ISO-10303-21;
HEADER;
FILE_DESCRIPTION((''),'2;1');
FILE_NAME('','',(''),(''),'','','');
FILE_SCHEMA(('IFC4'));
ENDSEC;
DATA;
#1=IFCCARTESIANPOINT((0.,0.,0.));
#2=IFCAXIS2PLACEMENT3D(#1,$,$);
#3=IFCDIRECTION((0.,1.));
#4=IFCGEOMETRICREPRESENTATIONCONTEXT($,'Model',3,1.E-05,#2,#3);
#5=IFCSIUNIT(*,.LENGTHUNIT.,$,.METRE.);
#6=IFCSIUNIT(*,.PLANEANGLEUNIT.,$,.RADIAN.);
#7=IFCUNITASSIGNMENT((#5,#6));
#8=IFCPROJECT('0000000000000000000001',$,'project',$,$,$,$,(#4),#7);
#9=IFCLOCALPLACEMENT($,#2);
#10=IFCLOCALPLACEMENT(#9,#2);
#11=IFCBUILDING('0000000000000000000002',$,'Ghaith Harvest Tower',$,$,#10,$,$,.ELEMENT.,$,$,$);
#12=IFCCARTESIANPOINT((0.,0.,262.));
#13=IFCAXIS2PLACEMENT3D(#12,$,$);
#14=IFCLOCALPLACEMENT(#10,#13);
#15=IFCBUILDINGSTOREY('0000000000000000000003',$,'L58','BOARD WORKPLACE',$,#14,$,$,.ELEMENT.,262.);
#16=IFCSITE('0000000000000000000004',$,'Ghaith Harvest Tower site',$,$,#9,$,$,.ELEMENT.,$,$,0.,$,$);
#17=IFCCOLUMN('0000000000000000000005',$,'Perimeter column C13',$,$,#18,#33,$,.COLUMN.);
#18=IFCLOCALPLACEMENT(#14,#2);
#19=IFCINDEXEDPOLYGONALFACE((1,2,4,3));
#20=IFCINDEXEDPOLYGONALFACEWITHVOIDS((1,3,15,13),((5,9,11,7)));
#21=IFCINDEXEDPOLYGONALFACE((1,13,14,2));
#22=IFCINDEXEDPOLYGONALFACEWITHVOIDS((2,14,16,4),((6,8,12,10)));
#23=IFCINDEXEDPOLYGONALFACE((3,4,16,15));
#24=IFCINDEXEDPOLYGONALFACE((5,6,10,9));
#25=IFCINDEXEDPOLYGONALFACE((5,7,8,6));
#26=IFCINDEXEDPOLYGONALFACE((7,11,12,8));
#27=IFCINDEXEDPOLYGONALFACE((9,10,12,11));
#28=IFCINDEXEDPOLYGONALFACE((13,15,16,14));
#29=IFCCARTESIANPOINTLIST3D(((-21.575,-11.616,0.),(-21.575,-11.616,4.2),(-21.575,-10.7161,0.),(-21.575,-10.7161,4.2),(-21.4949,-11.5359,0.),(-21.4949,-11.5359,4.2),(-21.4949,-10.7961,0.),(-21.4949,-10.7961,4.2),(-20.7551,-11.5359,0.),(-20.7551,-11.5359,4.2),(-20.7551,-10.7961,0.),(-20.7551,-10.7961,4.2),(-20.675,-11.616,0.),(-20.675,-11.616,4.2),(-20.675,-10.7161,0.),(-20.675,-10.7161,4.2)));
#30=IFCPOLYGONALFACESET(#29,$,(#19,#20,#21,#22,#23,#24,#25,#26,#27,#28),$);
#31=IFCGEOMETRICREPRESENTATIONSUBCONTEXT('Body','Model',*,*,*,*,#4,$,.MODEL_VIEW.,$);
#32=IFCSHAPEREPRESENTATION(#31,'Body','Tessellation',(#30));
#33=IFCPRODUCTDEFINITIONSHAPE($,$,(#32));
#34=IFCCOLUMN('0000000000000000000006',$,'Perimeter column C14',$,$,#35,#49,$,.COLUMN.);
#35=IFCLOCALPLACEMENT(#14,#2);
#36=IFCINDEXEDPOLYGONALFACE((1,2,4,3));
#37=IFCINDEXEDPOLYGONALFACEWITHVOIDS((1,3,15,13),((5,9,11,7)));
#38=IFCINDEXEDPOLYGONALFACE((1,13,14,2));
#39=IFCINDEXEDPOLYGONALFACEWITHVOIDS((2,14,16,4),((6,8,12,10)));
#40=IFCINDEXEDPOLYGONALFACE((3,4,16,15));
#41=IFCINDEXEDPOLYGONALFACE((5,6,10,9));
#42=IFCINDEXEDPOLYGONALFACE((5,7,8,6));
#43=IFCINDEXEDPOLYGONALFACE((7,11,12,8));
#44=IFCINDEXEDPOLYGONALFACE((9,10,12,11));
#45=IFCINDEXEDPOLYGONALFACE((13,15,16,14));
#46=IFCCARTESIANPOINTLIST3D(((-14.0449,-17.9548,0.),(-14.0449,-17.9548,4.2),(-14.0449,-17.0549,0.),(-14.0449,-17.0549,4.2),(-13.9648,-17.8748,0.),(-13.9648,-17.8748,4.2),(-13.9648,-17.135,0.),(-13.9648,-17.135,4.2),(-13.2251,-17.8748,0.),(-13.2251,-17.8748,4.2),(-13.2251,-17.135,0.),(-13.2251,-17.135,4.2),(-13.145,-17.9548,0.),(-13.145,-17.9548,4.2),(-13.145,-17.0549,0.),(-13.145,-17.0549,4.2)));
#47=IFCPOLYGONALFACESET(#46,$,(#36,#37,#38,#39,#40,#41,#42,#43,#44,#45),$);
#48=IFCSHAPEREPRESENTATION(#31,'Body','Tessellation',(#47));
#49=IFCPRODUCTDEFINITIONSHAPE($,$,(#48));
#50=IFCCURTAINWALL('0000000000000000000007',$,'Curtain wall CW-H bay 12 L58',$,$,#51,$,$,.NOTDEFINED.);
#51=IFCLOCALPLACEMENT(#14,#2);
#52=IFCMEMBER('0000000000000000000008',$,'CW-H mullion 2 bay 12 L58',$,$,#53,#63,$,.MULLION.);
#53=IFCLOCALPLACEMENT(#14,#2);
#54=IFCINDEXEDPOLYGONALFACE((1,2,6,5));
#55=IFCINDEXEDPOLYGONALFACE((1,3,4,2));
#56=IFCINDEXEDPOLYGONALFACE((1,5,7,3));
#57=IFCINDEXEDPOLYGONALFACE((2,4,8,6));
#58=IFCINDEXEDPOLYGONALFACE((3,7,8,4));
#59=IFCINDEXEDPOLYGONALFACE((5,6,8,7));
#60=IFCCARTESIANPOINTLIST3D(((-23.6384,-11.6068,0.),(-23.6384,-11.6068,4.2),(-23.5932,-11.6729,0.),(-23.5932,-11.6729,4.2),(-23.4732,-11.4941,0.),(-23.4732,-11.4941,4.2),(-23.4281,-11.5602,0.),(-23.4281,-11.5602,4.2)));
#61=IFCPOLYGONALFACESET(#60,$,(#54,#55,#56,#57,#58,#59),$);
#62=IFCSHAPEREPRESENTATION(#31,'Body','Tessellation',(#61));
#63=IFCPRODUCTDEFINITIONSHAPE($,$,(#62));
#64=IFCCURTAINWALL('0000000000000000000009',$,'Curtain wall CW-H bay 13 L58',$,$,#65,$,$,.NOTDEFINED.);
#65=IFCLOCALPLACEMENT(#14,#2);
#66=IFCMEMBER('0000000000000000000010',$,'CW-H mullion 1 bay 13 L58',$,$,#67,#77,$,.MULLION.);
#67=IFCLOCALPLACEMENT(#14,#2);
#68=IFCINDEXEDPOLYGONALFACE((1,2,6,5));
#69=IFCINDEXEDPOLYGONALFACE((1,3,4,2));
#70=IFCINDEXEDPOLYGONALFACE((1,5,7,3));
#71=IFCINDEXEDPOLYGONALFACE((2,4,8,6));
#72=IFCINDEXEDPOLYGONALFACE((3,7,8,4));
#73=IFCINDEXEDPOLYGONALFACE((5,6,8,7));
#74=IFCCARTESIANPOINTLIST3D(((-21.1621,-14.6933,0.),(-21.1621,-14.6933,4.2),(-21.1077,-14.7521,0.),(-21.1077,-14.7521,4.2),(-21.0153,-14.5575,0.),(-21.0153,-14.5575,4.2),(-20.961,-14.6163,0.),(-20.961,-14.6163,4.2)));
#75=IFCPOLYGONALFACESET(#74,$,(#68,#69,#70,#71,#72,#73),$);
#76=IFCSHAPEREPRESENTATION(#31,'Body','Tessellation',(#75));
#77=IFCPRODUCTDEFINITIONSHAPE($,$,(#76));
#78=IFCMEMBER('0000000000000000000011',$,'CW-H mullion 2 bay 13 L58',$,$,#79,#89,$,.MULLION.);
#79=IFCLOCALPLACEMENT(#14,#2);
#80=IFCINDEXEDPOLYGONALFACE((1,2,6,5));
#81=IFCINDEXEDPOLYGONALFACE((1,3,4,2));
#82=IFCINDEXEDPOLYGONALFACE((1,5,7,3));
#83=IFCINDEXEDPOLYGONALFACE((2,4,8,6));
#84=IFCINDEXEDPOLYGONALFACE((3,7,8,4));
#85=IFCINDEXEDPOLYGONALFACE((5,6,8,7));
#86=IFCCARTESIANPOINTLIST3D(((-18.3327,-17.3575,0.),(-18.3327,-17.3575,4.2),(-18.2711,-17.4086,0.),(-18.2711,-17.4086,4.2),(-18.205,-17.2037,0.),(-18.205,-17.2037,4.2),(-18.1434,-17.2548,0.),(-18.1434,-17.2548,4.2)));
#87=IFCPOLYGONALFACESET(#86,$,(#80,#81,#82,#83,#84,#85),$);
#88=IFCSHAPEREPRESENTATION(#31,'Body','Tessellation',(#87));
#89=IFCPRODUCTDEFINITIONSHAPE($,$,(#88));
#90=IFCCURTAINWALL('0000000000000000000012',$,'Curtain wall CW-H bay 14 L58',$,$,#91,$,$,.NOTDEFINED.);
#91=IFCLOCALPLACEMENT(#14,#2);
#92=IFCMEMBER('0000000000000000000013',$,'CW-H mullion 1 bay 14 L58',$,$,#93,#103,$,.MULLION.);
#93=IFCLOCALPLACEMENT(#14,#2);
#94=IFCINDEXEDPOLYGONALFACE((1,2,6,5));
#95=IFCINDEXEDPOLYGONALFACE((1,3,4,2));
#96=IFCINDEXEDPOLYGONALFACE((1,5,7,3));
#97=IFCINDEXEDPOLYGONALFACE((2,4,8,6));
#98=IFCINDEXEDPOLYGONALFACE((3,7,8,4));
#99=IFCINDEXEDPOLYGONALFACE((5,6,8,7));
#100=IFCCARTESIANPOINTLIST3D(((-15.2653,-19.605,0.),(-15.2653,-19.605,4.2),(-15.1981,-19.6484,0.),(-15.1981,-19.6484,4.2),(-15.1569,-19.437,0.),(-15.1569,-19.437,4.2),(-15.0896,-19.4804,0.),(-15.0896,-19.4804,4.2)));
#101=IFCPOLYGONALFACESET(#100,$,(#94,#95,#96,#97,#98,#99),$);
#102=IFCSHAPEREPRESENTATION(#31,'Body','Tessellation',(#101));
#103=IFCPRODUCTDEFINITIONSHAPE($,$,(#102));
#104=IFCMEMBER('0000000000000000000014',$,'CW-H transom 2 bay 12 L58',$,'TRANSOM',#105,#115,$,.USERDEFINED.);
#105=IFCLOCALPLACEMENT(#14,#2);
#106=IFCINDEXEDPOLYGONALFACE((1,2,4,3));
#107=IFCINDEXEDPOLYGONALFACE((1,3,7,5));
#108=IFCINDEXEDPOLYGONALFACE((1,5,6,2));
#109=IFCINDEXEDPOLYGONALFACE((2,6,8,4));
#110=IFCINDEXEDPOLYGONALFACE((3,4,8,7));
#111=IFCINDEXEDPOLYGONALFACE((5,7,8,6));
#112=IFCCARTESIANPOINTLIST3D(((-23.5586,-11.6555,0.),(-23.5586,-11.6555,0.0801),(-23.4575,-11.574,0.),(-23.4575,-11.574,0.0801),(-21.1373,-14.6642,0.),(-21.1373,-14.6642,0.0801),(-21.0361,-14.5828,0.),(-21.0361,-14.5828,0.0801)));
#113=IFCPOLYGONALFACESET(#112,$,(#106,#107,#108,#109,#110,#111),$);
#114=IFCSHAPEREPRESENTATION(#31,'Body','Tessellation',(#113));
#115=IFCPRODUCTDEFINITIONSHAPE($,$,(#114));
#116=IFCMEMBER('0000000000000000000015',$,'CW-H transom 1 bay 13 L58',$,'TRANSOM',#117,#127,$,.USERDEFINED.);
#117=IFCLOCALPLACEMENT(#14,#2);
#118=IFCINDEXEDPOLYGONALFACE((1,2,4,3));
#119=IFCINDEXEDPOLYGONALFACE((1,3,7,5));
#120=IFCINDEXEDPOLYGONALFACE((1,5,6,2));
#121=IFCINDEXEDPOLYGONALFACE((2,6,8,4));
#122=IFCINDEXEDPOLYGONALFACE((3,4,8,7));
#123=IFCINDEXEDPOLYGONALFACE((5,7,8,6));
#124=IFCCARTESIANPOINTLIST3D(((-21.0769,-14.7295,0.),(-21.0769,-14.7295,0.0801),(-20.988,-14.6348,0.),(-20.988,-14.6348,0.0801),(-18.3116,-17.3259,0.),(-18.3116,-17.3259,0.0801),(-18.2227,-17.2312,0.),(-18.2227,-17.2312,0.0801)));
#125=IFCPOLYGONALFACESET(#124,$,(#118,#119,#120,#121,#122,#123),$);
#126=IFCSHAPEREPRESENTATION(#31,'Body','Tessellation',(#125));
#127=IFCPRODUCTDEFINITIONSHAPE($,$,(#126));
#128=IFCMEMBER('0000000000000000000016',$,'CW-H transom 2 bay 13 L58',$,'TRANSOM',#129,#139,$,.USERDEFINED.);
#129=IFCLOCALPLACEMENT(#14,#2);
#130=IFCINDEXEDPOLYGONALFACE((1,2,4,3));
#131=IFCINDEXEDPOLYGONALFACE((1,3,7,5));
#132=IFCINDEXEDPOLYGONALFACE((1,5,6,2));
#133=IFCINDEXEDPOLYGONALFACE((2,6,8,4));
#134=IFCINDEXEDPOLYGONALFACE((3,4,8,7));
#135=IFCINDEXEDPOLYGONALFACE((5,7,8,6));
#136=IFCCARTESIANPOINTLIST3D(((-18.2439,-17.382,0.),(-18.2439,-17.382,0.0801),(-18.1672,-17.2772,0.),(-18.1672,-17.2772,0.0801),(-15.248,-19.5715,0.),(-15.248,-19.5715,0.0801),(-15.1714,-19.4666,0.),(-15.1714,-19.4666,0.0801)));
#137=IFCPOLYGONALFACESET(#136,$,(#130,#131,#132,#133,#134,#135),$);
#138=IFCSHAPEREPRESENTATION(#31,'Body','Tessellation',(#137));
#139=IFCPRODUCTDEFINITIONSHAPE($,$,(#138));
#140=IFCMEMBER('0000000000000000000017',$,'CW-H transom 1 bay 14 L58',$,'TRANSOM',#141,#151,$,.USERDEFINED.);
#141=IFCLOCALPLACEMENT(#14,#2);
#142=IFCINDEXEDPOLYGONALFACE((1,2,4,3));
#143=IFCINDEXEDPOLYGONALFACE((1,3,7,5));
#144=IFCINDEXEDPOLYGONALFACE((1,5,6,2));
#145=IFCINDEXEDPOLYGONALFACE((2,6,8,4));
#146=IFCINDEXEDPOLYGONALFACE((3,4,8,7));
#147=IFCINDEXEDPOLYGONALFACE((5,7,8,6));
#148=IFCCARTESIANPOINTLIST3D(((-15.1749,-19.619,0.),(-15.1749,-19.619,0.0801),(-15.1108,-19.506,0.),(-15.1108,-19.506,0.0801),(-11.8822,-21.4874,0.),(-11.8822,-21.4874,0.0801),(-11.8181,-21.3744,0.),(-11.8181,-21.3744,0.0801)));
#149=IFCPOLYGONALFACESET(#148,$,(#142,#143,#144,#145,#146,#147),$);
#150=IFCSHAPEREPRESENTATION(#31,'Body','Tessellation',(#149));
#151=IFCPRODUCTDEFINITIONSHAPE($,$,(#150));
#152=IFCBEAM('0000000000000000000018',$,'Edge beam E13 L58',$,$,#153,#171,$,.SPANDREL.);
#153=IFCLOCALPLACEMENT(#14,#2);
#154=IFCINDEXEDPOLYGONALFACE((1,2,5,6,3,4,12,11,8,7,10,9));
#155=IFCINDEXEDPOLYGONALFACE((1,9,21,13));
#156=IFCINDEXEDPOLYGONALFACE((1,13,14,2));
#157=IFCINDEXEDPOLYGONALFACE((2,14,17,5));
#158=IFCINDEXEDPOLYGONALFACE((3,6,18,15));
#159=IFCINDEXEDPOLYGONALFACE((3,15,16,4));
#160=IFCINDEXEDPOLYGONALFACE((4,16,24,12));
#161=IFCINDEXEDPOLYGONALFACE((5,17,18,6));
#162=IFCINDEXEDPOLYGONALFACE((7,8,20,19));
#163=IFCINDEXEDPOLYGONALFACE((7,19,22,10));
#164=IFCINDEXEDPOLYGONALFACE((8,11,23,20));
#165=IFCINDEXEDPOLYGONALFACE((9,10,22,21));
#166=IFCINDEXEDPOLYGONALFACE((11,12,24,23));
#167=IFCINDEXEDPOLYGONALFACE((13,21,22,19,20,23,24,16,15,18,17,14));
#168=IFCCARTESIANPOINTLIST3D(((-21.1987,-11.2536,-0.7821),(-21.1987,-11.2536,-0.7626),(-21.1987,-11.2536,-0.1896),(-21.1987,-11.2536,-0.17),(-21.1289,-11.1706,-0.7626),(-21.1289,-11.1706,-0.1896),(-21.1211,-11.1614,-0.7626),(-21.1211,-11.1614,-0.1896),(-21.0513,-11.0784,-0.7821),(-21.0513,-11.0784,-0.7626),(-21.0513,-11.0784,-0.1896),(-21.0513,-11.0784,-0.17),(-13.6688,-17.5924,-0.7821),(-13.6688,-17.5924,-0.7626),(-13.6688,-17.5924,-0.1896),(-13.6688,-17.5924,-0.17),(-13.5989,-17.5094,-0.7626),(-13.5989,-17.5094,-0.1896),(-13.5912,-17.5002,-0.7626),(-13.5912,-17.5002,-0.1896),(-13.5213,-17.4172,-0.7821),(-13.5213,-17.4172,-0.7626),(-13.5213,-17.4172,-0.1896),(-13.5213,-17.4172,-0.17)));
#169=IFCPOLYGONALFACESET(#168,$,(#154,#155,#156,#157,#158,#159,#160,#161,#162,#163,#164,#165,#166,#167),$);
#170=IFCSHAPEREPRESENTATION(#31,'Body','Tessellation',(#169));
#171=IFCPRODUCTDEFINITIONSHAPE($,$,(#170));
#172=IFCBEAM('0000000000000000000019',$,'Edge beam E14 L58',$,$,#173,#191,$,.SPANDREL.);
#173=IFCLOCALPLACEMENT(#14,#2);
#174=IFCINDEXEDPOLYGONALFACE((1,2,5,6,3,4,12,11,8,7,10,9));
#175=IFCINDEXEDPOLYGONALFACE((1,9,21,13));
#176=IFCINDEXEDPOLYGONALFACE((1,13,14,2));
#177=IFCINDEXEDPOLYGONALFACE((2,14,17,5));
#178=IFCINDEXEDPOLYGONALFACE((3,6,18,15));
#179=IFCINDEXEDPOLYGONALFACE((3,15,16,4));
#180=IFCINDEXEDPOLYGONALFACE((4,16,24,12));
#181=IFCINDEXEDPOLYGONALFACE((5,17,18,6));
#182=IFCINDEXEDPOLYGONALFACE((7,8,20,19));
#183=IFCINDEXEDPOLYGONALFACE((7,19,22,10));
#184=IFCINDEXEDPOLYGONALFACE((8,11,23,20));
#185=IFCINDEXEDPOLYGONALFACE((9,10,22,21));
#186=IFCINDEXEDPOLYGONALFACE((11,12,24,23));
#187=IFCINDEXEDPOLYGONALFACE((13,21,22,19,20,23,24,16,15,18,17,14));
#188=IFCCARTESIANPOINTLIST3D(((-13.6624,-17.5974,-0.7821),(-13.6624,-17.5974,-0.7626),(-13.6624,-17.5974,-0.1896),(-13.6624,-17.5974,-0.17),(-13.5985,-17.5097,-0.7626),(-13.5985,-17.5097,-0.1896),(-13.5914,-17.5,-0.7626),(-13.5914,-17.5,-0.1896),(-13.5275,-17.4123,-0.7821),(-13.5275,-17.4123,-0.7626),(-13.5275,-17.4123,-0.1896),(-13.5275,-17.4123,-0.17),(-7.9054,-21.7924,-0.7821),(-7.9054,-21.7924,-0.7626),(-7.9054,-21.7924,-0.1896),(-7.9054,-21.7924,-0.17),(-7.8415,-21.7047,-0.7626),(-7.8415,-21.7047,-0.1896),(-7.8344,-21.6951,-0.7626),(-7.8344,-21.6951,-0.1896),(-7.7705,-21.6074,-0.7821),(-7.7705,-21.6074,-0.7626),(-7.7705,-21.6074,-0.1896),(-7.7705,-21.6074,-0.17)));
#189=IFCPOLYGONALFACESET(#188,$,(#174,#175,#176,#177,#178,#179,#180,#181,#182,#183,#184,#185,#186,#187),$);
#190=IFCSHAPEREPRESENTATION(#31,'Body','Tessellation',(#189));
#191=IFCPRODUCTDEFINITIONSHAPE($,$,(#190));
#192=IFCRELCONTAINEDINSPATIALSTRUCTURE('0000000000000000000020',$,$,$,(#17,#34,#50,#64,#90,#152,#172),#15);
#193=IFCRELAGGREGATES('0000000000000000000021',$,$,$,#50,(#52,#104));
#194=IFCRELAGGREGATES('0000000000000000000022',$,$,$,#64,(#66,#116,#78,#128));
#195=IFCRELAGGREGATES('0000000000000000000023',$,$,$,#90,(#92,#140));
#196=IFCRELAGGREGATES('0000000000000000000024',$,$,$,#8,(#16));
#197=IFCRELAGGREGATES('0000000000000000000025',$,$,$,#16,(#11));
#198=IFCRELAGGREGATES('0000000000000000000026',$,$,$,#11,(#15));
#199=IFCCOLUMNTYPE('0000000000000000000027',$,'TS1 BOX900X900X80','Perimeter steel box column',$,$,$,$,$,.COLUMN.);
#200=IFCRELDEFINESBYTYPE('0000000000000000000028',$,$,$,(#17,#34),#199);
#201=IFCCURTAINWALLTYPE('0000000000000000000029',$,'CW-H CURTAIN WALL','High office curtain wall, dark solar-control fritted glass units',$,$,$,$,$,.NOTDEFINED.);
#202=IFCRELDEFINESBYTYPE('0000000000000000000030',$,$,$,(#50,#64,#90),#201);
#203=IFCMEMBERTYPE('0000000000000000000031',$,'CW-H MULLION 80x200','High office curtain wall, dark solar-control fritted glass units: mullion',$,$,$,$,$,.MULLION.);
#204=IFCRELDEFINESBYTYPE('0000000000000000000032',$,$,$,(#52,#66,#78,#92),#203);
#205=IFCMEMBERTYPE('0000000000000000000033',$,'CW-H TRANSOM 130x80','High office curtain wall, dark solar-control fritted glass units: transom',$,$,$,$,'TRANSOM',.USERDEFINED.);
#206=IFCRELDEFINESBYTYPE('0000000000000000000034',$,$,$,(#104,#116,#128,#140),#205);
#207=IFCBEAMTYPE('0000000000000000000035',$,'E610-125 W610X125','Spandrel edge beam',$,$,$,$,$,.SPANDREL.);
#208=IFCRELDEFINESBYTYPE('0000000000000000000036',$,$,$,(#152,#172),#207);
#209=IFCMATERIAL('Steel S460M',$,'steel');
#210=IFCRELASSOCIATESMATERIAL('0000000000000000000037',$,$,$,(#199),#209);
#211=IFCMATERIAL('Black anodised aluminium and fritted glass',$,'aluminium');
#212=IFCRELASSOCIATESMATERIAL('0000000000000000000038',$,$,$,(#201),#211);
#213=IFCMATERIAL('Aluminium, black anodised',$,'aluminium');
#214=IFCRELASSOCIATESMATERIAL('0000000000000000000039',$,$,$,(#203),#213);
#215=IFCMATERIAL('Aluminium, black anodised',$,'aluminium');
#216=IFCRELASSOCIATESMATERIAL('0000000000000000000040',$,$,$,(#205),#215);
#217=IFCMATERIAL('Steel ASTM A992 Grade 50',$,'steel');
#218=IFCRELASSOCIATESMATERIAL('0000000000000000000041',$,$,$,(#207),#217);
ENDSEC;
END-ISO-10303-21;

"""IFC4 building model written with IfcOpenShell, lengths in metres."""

from ifc_helpers import new_model, si_unit, direction, frame, origin, origin_2d, place, context, subcontext, project, spatial, rectangle, hollow_rectangle, i_section, extrude, material, material_profile, profile_set, type_object, element, aggregate, save


model = new_model("IFC4")

# Units and contexts
model_context = context("Model", 3, precision=1e-05, world=origin(), true_north=direction((0.0, 1.0)))
body_context = subcontext(model_context, "Body", "Model", "MODEL_VIEW")
ifc_project = project(units=[si_unit("LENGTHUNIT", "METRE"), si_unit("PLANEANGLEUNIT", "RADIAN")], contexts=[model_context])

# Site, building, storey
site_placement = place(None, origin())
site = spatial("IfcSite", under=ifc_project, at=site_placement, Name="Ghaith Harvest Tower site", CompositionType="ELEMENT", RefElevation=0.0)
building_placement = place(site_placement, origin())
building = spatial("IfcBuilding", under=site, at=building_placement, Name="Ghaith Harvest Tower", CompositionType="ELEMENT")
storey_placement = place(building_placement, frame((0.0, 0.0, 262.0)))
storey = spatial("IfcBuildingStorey", under=building, at=storey_placement, Name="L58", Description="BOARD WORKPLACE", CompositionType="ELEMENT", Elevation=262.0)

# Columns
ifc_material_1 = material(Name="Steel S460M", Category="steel")
ifc_material_profile_1 = material_profile(ifc_material_1, hollow_rectangle(XDim=0.8999, YDim=0.8999, WallThickness=0.0801, at=origin_2d()), Name="BOX900X900X80")
ifc_profile_set_1 = profile_set([ifc_material_profile_1], Name="Steel S460M")
column_type = type_object("IfcColumnType", Name="TS1 BOX900X900X80", Description="Perimeter steel box column", PredefinedType="COLUMN", material=ifc_profile_set_1)
for number, where, z_axis, x_axis, name in (
    (1, (-21.125, -11.166, 0.0), (0.0, 0.0, 1.0), (1.0, 0.0, 0.0), "Perimeter column C13"),
    (2, (-13.595, -17.5049, 0.0), (0.0, 0.0, 1.0), (1.0, 0.0, 0.0), "Perimeter column C14"),
):
    element("IfcColumn", number, at=place(storey_placement, frame(where, z_axis=z_axis, x_axis=x_axis)), inside=storey, type_object=column_type, Name=name, PredefinedType="COLUMN", context=body_context, shape_type="SweptSolid", body=[
        extrude(hollow_rectangle(XDim=0.8999, YDim=0.8999, WallThickness=0.0801, at=origin_2d()), origin(), (0.0, 0.0, 1.0), 4.2),
    ])

# Curtain wall, member
ifc_material_2 = material(Name="Black anodised aluminium and fritted glass", Category="aluminium")
curtain_wall_type = type_object("IfcCurtainWallType", Name="CW-H CURTAIN WALL", Description="High office curtain wall, dark solar-control fritted glass units", PredefinedType="NOTDEFINED", material=ifc_material_2)
curtain_wall_1_placement = place(storey_placement, origin())
curtain_wall_1 = element("IfcCurtainWall", 3, at=curtain_wall_1_placement, inside=storey, type_object=curtain_wall_type, Name="Curtain wall CW-H bay 12 L58", PredefinedType="NOTDEFINED")
ifc_material_3 = material(Name="Aluminium, black anodised", Category="aluminium")
ifc_material_profile_2 = material_profile(ifc_material_3, rectangle(XDim=0.0801, YDim=0.2, at=origin_2d()), Name="CW-H MULLION 80x200")
ifc_profile_set_2 = profile_set([ifc_material_profile_2], Name="Aluminium, black anodised")
member_type_1 = type_object("IfcMemberType", Name="CW-H MULLION 80x200", Description="High office curtain wall, dark solar-control fritted glass units: mullion", PredefinedType="MULLION", material=ifc_profile_set_2)
member_1_placement = place(storey_placement, frame((-23.5332, -11.5835, 0.0), z_axis=(0.0, 0.0, 1.0), x_axis=(0.563617, -0.826037, 0.0)))
member_1 = element("IfcMember", 4, at=member_1_placement, type_object=member_type_1, Name="CW-H mullion 2 bay 12 L58", PredefinedType="MULLION", context=body_context, shape_type="SweptSolid", body=[
    extrude(rectangle(XDim=0.0801, YDim=0.2, at=origin_2d()), origin(), (0.0, 0.0, 1.0), 4.2),
])

# Curtain wall, members
curtain_wall_2_placement = place(storey_placement, origin())
curtain_wall_2 = element("IfcCurtainWall", 5, at=curtain_wall_2_placement, inside=storey, type_object=curtain_wall_type, Name="Curtain wall CW-H bay 13 L58", PredefinedType="NOTDEFINED")
member_2_placement = place(storey_placement, frame((-21.0615, -14.6548, 0.0), z_axis=(0.0, 0.0, 1.0), x_axis=(0.679182, -0.73397, 0.0)))
member_2 = element("IfcMember", 6, at=member_2_placement, type_object=member_type_1, Name="CW-H mullion 1 bay 13 L58", PredefinedType="MULLION", context=body_context, shape_type="SweptSolid", body=[
    extrude(rectangle(XDim=0.0801, YDim=0.2, at=origin_2d()), origin(), (0.0, 0.0, 1.0), 4.2),
])
member_3_placement = place(storey_placement, frame((-18.238, -17.3062, 0.0), z_axis=(0.0, 0.0, 1.0), x_axis=(0.769217, -0.638988, 0.0)))
member_3 = element("IfcMember", 7, at=member_3_placement, type_object=member_type_1, Name="CW-H mullion 2 bay 13 L58", PredefinedType="MULLION", context=body_context, shape_type="SweptSolid", body=[
    extrude(rectangle(XDim=0.0801, YDim=0.2, at=origin_2d()), origin(), (0.0, 0.0, 1.0), 4.2),
])

# Curtain wall, member
curtain_wall_3_placement = place(storey_placement, origin())
curtain_wall_3 = element("IfcCurtainWall", 8, at=curtain_wall_3_placement, inside=storey, type_object=curtain_wall_type, Name="Curtain wall CW-H bay 14 L58", PredefinedType="NOTDEFINED")
member_4_placement = place(storey_placement, frame((-15.1775, -19.5427, 0.0), z_axis=(0.0, 0.0, 1.0), x_axis=(0.840234, -0.542225, 0.0)))
member_4 = element("IfcMember", 9, at=member_4_placement, type_object=member_type_1, Name="CW-H mullion 1 bay 14 L58", PredefinedType="MULLION", context=body_context, shape_type="SweptSolid", body=[
    extrude(rectangle(XDim=0.0801, YDim=0.2, at=origin_2d()), origin(), (0.0, 0.0, 1.0), 4.2),
])

# Members
ifc_material_4 = material(Name="Aluminium, black anodised", Category="aluminium")
ifc_material_profile_3 = material_profile(ifc_material_4, rectangle(XDim=0.1299, YDim=0.0801, at=origin_2d()), Name="CW-H TRANSOM 130x80")
ifc_profile_set_3 = profile_set([ifc_material_profile_3], Name="Aluminium, black anodised")
member_type_2 = type_object("IfcMemberType", Name="CW-H TRANSOM 130x80", Description="High office curtain wall, dark solar-control fritted glass units: transom", ElementType="TRANSOM", PredefinedType="USERDEFINED", material=ifc_profile_set_3)
member_5_placement = place(storey_placement, frame((-23.5081, -11.6147, 0.04), z_axis=(0.626959, -0.779052, 0.0), x_axis=(0.779052, 0.626959, 0.0)))
member_5 = element("IfcMember", 10, at=member_5_placement, type_object=member_type_2, Name="CW-H transom 2 bay 12 L58", ObjectType="TRANSOM", PredefinedType="USERDEFINED", context=body_context, shape_type="SweptSolid", body=[
    extrude(rectangle(XDim=0.1299, YDim=0.0801, at=origin_2d()), origin(), (0.0, 0.0, 1.0), 3.8621),
])
member_6_placement = place(storey_placement, frame((-21.0325, -14.6821, 0.04), z_axis=(0.729025, -0.684487, 0.0), x_axis=(0.684487, 0.729025, 0.0)))
member_6 = element("IfcMember", 11, at=member_6_placement, type_object=member_type_2, Name="CW-H transom 1 bay 13 L58", ObjectType="TRANSOM", PredefinedType="USERDEFINED", context=body_context, shape_type="SweptSolid", body=[
    extrude(rectangle(XDim=0.1299, YDim=0.0801, at=origin_2d()), origin(), (0.0, 0.0, 1.0), 3.7932),
])
member_7_placement = place(storey_placement, frame((-18.2056, -17.3296, 0.04), z_axis=(0.807368, -0.590048, 0.0), x_axis=(0.590048, 0.807368, 0.0)))
member_7 = element("IfcMember", 12, at=member_7_placement, type_object=member_type_2, Name="CW-H transom 2 bay 13 L58", ObjectType="TRANSOM", PredefinedType="USERDEFINED", context=body_context, shape_type="SweptSolid", body=[
    extrude(rectangle(XDim=0.1299, YDim=0.0801, at=origin_2d()), origin(), (0.0, 0.0, 1.0), 3.7107),
])
member_8_placement = place(storey_placement, frame((-15.1428, -19.5625, 0.04), z_axis=(0.869735, -0.493519, 0.0), x_axis=(0.493519, 0.869735, 0.0)))
member_8 = element("IfcMember", 13, at=member_8_placement, type_object=member_type_2, Name="CW-H transom 1 bay 14 L58", ObjectType="TRANSOM", PredefinedType="USERDEFINED", context=body_context, shape_type="SweptSolid", body=[
    extrude(rectangle(XDim=0.1299, YDim=0.0801, at=origin_2d()), origin(), (0.0, 0.0, 1.0), 3.7859),
])

# Beams
ifc_material_5 = material(Name="Steel ASTM A992 Grade 50", Category="steel")
ifc_material_profile_4 = material_profile(ifc_material_5, i_section(OverallWidth=0.229, OverallDepth=0.6121, WebThickness=0.012, FlangeThickness=0.0195, at=origin_2d()), Name="W610X125")
ifc_profile_set_4 = profile_set([ifc_material_profile_4], Name="Steel ASTM A992 Grade 50")
beam_type = type_object("IfcBeamType", Name="E610-125 W610X125", Description="Spandrel edge beam", PredefinedType="SPANDREL", material=ifc_profile_set_4)
beam_1_placement = place(storey_placement, frame((-21.125, -11.166, -0.4761), z_axis=(0.765022, -0.644004, 0.0), x_axis=(0.644004, 0.765022, 0.0)))
element("IfcBeam", 14, at=beam_1_placement, inside=storey, type_object=beam_type, Name="Edge beam E13 L58", PredefinedType="SPANDREL", context=body_context, shape_type="SweptSolid", body=[
    extrude(i_section(OverallWidth=0.229, OverallDepth=0.6121, WebThickness=0.012, FlangeThickness=0.0195, at=origin_2d()), origin(), (0.0, 0.0, 1.0), 9.8428),
])
beam_2_placement = place(storey_placement, frame((-13.595, -17.5049, -0.4761), z_axis=(0.808195, -0.588915, 0.0), x_axis=(0.588915, 0.808195, 0.0)))
element("IfcBeam", 15, at=beam_2_placement, inside=storey, type_object=beam_type, Name="Edge beam E14 L58", PredefinedType="SPANDREL", context=body_context, shape_type="SweptSolid", body=[
    extrude(i_section(OverallWidth=0.229, OverallDepth=0.6121, WebThickness=0.012, FlangeThickness=0.0195, at=origin_2d()), origin(), (0.0, 0.0, 1.0), 7.1233),
])

aggregate(curtain_wall_1, [member_1, member_5])
aggregate(curtain_wall_2, [member_2, member_6, member_3, member_7])
aggregate(curtain_wall_3, [member_4, member_8])

save(model, "model.ifc")
